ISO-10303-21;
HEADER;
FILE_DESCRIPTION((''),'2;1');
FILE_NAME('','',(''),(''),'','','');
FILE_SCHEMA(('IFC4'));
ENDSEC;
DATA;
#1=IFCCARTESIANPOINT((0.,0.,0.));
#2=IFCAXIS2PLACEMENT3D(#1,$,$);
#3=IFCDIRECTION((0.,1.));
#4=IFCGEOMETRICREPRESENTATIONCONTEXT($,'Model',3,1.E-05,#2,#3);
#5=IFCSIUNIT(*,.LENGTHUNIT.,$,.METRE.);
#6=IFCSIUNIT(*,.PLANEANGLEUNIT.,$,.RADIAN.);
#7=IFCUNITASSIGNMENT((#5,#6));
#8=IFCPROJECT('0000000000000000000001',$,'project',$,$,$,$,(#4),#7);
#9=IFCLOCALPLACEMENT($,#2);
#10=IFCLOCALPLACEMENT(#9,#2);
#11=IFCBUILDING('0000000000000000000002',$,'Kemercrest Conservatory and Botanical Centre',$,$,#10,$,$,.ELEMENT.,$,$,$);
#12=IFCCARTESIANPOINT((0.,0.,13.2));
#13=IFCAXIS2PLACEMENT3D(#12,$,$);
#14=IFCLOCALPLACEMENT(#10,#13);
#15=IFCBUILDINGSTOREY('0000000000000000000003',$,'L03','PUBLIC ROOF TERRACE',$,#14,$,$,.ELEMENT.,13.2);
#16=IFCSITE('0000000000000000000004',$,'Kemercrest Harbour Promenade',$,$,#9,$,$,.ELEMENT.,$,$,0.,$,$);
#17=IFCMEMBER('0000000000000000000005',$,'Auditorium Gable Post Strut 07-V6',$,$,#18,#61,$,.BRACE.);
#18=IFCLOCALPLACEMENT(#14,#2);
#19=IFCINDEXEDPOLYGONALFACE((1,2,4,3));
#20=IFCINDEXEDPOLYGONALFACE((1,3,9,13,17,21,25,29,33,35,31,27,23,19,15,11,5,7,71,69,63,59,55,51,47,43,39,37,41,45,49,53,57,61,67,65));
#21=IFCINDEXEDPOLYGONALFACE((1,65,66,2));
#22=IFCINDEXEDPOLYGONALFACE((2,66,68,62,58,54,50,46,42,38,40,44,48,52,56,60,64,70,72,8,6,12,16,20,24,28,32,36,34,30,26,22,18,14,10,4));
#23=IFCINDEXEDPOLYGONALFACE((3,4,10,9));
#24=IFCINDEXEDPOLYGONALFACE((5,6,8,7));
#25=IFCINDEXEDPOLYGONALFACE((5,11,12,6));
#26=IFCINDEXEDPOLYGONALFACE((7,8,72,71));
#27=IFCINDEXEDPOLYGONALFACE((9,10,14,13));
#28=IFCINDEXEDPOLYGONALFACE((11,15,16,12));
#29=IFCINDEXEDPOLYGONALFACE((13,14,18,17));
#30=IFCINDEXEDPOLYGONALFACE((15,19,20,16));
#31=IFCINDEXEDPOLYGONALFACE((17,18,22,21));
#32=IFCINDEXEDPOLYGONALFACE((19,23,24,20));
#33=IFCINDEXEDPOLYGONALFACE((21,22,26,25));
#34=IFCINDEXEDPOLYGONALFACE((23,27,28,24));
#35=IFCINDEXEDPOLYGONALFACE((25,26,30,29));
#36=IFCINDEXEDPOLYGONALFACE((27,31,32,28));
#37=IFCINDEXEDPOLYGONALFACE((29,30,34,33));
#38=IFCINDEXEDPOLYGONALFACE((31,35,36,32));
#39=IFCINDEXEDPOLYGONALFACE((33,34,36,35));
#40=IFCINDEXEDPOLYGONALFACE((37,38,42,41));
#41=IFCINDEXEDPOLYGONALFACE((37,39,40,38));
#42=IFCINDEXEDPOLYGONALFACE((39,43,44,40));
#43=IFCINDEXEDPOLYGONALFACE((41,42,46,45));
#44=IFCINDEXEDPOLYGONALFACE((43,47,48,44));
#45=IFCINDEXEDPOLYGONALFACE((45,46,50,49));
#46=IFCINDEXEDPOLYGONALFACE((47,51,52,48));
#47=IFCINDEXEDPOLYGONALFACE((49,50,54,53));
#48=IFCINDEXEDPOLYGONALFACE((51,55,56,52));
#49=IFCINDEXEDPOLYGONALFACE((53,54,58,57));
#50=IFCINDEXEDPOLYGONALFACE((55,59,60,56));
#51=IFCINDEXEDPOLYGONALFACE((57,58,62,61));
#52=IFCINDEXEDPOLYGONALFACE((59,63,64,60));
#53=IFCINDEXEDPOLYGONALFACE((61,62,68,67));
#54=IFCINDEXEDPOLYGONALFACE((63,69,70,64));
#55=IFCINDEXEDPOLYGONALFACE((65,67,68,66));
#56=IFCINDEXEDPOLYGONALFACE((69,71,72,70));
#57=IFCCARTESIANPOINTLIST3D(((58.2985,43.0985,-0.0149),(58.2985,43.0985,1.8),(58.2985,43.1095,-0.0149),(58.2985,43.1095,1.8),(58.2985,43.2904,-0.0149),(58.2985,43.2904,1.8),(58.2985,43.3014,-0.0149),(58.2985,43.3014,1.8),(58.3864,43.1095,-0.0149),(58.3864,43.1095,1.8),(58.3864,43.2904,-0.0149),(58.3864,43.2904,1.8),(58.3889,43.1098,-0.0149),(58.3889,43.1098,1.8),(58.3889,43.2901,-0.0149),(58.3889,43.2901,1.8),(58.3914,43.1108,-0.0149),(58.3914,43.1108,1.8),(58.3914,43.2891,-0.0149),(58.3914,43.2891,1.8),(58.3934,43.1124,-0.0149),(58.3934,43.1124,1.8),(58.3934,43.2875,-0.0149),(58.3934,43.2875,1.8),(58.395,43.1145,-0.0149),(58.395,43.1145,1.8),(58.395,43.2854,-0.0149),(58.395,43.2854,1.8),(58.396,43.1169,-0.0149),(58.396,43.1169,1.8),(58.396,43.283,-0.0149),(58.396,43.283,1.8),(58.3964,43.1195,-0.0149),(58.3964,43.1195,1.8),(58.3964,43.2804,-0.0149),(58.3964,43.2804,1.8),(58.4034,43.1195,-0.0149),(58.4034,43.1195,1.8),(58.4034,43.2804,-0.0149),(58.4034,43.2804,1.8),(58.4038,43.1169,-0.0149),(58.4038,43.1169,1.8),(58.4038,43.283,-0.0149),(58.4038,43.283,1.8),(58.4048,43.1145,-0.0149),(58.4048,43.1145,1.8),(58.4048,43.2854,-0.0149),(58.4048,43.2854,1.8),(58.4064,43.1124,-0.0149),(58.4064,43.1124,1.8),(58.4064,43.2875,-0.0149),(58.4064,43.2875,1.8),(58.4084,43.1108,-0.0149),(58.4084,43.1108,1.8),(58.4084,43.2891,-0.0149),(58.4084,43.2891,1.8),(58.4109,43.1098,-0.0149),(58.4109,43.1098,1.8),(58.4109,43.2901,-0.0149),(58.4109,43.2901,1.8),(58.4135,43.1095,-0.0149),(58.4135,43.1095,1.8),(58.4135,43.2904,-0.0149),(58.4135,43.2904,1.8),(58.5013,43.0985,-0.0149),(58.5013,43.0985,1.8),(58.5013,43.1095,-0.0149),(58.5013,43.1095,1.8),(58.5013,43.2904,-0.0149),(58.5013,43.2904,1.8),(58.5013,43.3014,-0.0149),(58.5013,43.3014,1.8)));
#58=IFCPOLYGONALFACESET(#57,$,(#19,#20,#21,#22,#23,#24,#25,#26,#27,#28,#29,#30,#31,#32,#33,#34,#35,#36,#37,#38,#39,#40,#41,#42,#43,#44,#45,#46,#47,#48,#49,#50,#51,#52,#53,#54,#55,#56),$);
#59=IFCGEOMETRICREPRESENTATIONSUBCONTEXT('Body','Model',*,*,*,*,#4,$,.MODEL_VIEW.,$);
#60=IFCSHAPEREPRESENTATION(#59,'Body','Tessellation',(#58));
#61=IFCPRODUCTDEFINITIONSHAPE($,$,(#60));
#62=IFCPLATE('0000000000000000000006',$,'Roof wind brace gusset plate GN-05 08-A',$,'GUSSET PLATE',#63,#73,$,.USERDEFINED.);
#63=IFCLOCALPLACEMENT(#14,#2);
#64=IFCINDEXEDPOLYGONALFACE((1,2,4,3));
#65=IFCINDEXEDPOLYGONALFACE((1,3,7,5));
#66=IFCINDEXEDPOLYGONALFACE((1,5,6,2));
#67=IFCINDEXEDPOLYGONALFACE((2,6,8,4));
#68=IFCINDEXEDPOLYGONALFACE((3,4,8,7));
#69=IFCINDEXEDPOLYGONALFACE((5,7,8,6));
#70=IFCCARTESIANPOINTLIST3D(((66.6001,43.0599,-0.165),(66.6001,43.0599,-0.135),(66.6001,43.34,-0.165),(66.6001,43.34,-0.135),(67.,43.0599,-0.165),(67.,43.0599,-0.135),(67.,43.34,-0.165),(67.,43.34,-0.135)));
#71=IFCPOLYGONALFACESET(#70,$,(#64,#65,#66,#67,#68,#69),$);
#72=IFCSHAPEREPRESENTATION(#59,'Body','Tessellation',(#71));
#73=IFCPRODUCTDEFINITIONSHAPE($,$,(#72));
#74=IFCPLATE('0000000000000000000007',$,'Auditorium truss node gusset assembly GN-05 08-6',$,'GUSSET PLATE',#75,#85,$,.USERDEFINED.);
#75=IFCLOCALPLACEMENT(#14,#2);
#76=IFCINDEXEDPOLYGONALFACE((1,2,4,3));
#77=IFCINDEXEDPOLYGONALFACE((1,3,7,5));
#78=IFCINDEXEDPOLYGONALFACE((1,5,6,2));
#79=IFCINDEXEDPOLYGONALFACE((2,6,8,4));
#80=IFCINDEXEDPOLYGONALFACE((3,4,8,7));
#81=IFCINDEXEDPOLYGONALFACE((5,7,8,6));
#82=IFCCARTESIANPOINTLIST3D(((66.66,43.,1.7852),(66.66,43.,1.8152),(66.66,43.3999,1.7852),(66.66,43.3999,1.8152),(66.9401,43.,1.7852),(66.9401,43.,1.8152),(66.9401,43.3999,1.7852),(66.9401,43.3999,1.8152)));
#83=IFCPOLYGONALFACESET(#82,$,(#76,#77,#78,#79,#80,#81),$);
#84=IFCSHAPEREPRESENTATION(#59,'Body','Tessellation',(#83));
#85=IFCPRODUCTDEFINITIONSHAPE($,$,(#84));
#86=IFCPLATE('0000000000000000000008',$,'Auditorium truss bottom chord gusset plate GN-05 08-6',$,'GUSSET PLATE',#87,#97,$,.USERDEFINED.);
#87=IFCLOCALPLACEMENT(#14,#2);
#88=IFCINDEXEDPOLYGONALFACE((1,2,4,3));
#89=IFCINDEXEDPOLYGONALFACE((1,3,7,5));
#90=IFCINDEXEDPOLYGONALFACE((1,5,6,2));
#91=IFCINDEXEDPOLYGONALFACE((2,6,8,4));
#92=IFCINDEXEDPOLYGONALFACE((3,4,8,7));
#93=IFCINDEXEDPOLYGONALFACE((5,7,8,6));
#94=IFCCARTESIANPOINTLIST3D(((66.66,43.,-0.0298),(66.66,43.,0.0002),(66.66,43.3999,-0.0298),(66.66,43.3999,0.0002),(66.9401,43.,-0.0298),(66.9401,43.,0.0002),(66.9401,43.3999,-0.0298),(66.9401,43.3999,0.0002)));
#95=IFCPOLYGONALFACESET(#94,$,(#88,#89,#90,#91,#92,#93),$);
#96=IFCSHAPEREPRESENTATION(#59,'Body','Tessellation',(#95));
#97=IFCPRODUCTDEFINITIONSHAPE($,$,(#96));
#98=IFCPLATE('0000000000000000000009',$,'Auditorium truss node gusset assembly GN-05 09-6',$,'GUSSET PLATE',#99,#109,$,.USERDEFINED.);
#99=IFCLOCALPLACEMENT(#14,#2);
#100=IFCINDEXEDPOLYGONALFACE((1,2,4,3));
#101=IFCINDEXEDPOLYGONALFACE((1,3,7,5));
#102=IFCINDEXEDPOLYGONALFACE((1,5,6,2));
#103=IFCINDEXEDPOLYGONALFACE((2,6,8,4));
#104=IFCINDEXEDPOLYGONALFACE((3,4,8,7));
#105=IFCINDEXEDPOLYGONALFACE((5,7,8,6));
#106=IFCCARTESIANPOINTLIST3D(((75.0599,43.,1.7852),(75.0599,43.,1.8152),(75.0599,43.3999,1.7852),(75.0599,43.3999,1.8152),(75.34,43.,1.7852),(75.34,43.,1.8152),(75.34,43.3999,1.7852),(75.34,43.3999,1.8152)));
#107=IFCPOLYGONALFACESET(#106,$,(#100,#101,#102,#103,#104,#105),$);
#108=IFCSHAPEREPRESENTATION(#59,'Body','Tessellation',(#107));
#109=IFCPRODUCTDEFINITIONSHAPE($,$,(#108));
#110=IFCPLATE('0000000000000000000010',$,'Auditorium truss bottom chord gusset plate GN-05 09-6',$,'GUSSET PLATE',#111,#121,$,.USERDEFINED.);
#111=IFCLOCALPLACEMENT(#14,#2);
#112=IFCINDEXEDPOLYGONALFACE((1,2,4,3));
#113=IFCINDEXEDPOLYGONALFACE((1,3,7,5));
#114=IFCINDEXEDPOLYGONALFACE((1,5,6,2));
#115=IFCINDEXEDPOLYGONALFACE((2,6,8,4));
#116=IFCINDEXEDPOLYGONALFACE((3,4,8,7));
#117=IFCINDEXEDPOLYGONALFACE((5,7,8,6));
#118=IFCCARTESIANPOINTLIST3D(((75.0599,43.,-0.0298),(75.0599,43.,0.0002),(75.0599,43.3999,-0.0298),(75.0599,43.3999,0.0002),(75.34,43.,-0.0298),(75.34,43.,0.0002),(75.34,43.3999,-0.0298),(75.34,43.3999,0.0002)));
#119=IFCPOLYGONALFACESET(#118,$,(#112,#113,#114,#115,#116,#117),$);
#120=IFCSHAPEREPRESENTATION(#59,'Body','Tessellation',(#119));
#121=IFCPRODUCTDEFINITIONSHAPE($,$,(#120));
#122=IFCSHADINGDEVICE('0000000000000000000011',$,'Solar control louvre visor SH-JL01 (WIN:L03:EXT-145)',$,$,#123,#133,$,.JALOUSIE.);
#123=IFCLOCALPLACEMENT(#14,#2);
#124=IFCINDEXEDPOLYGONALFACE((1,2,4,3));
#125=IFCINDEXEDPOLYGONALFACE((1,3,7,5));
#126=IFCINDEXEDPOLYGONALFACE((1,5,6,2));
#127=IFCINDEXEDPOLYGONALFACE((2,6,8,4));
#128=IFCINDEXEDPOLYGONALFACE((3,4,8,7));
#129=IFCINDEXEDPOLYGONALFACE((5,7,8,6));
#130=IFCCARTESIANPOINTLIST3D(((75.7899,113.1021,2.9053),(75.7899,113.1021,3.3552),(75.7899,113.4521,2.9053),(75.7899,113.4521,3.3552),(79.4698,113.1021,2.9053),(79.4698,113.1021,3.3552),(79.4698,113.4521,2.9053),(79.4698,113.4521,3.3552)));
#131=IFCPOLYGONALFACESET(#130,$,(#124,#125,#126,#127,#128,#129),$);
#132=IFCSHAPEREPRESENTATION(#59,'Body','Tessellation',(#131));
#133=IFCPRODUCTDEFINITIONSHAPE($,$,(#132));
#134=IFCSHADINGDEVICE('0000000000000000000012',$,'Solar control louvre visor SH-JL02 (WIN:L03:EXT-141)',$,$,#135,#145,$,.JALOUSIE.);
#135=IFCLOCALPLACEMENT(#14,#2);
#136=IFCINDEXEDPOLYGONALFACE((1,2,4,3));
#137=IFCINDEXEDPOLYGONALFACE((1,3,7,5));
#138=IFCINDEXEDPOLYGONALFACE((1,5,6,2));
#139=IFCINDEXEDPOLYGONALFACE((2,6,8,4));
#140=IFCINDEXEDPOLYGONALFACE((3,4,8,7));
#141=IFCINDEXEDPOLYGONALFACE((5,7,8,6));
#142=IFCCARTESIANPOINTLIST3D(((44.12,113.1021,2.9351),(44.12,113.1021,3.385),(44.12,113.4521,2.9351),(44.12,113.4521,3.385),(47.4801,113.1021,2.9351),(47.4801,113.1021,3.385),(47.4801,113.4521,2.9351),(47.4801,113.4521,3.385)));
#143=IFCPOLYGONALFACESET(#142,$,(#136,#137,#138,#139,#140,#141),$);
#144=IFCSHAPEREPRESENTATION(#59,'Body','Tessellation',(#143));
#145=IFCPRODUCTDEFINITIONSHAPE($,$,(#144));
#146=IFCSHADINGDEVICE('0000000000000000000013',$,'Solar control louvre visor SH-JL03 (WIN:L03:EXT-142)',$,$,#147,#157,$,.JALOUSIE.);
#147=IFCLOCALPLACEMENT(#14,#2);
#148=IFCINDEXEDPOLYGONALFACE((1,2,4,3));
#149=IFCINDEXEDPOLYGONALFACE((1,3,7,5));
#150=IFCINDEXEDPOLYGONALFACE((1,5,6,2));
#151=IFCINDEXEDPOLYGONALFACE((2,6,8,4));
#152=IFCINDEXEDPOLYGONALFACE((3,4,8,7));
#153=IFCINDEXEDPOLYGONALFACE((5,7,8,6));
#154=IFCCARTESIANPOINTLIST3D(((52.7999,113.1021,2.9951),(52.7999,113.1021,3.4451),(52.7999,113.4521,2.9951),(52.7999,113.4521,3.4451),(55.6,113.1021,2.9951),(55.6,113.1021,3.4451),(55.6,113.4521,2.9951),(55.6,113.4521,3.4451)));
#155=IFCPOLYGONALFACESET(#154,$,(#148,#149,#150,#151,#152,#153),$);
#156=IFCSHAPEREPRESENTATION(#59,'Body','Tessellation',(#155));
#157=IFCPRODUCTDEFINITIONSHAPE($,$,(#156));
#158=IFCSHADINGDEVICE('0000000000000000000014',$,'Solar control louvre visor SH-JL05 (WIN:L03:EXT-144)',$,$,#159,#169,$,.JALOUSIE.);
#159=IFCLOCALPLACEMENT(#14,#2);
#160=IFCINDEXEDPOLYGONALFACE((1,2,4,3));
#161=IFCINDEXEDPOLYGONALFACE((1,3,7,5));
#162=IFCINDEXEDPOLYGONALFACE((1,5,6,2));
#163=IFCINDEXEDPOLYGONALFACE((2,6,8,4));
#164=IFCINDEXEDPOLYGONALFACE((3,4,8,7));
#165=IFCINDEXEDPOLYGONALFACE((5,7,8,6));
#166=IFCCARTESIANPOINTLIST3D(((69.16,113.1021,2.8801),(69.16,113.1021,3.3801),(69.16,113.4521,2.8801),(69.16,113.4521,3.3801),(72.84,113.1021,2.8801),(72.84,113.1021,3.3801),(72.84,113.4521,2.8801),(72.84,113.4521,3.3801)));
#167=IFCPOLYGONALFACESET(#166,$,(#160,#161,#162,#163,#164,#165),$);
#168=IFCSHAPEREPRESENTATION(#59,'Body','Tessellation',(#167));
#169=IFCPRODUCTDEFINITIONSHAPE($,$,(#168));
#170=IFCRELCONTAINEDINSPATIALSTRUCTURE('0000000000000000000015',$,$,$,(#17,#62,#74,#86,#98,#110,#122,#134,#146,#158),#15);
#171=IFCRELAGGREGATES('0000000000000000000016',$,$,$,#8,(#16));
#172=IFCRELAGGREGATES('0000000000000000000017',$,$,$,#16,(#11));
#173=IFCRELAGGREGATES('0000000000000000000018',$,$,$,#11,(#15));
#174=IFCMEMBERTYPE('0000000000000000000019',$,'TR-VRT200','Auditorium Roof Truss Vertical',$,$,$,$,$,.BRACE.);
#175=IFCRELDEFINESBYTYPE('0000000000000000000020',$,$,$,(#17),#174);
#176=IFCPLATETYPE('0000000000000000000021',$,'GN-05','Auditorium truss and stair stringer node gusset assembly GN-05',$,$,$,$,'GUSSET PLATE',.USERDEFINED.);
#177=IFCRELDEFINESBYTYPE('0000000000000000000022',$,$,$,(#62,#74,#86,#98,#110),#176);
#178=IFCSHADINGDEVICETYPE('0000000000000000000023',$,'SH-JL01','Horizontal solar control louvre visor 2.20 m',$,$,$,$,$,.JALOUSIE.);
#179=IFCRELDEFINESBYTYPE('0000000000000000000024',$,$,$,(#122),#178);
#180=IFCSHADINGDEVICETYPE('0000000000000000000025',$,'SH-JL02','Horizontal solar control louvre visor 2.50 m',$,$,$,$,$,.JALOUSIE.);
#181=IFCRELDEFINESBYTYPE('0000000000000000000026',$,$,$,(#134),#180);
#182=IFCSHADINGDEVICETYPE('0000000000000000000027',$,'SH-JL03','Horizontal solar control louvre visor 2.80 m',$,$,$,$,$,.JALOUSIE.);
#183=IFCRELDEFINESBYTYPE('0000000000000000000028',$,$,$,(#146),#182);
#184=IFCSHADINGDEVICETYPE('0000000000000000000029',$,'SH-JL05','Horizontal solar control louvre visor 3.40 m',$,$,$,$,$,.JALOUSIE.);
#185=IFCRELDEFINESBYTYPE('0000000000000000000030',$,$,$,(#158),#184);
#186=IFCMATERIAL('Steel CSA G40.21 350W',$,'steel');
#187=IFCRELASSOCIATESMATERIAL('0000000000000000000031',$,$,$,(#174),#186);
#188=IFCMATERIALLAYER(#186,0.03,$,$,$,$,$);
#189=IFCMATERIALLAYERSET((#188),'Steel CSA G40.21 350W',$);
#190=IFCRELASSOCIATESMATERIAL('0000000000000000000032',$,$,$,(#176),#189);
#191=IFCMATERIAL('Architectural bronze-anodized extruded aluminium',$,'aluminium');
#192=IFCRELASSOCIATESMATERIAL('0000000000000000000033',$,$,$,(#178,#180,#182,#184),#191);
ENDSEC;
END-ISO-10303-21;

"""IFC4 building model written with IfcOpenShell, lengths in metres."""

from ifc_helpers import new_model, si_unit, direction, frame, origin, origin_2d, place, context, subcontext, project, spatial, rectangle, i_section, extrude, material, layer, layer_set, material_profile, profile_set, type_object, element, save


model = new_model("IFC4")

# Units and contexts
model_context = context("Model", 3, precision=1e-05, world=origin(), true_north=direction((0.0, 1.0)))
body_context = subcontext(model_context, "Body", "Model", "MODEL_VIEW")
ifc_project = project(units=[si_unit("LENGTHUNIT", "METRE"), si_unit("PLANEANGLEUNIT", "RADIAN")], contexts=[model_context])

# Site, building, storey
site_placement = place(None, origin())
site = spatial("IfcSite", under=ifc_project, at=site_placement, Name="Kemercrest Harbour Promenade", CompositionType="ELEMENT", RefElevation=0.0)
building_placement = place(site_placement, origin())
building = spatial("IfcBuilding", under=site, at=building_placement, Name="Kemercrest Conservatory and Botanical Centre", CompositionType="ELEMENT")
storey_placement = place(building_placement, frame((0.0, 0.0, 13.2)))
storey = spatial("IfcBuildingStorey", under=building, at=storey_placement, Name="L03", Description="PUBLIC ROOF TERRACE", CompositionType="ELEMENT", Elevation=13.2)

# Member
ifc_material_1 = material(Name="Steel CSA G40.21 350W", Category="steel")
ifc_material_profile_1 = material_profile(ifc_material_1, i_section(OverallWidth=0.2029, OverallDepth=0.2029, WebThickness=0.0071, FlangeThickness=0.011, FilletRadius=0.01, at=origin_2d()), Name="W200X46")
ifc_profile_set_1 = profile_set([ifc_material_profile_1], Name="Steel CSA G40.21 350W")
member_type_1 = type_object("IfcMemberType", Name="TR-VRT200", Description="Auditorium Roof Truss Vertical", PredefinedType="BRACE", material=ifc_profile_set_1)
for number, where, z_axis, x_axis, name in (
    (1, (58.3999, 43.2, -0.0149), (0.0, 0.0, 1.0), (1.0, 0.0, 0.0), "Auditorium Gable Post Strut 07-V6"),
):
    element("IfcMember", number, at=place(storey_placement, frame(where, z_axis=z_axis, x_axis=x_axis)), inside=storey, type_object=member_type_1, Name=name, PredefinedType="BRACE", context=body_context, shape_type="SweptSolid", body=[
        extrude(i_section(OverallWidth=0.2029, OverallDepth=0.2029, WebThickness=0.0071, FlangeThickness=0.011, FilletRadius=0.01, at=origin_2d()), origin(), (0.0, 0.0, 1.0), 1.8149),
    ])

# Plates
ifc_layer = layer(ifc_material_1, 0.03)
ifc_layer_set = layer_set([ifc_layer], Name="Steel CSA G40.21 350W")
plate_type = type_object("IfcPlateType", Name="GN-05", Description="Auditorium truss and stair stringer node gusset assembly GN-05", ElementType="GUSSET PLATE", PredefinedType="USERDEFINED", material=ifc_layer_set)
for number, where, z_axis, x_axis, name in (
    (2, (66.8, 43.2, -0.165), (0.0, 0.0, 1.0), (1.0, 0.0, 0.0), "Roof wind brace gusset plate GN-05 08-A"),
    (3, (66.8, 43.2, 1.7852), (0.0, 0.0, 1.0), (0.0, 1.0, 0.0), "Auditorium truss node gusset assembly GN-05 08-6"),
    (4, (66.8, 43.2, -0.0298), (0.0, 0.0, 1.0), (0.0, 1.0, 0.0), "Auditorium truss bottom chord gusset plate GN-05 08-6"),
    (5, (75.2, 43.2, 1.7852), (0.0, 0.0, 1.0), (0.0, 1.0, 0.0), "Auditorium truss node gusset assembly GN-05 09-6"),
    (6, (75.2, 43.2, -0.0298), (0.0, 0.0, 1.0), (0.0, 1.0, 0.0), "Auditorium truss bottom chord gusset plate GN-05 09-6"),
):
    element("IfcPlate", number, at=place(storey_placement, frame(where, z_axis=z_axis, x_axis=x_axis)), inside=storey, type_object=plate_type, Name=name, ObjectType="GUSSET PLATE", PredefinedType="USERDEFINED", context=body_context, shape_type="SweptSolid", body=[
        extrude(rectangle(XDim=0.3999, YDim=0.28, at=origin_2d()), origin(), (0.0, 0.0, 1.0), 0.03),
    ])

# Shading devices
ifc_material_2 = material(Name="Architectural bronze-anodized extruded aluminium", Category="aluminium")
shading_device_type_1 = type_object("IfcShadingDeviceType", Name="SH-JL01", Description="Horizontal solar control louvre visor 2.20 m", PredefinedType="JALOUSIE", material=ifc_material_2)
shading_device_1_placement = place(storey_placement, frame((77.6299, 113.2771, 2.9053), z_axis=(0.0, 0.0, 1.0), x_axis=(1.0, 0.0, 0.0)))
element("IfcShadingDevice", 7, at=shading_device_1_placement, inside=storey, type_object=shading_device_type_1, Name="Solar control louvre visor SH-JL01 (WIN:L03:EXT-145)", PredefinedType="JALOUSIE", context=body_context, shape_type="SweptSolid", body=[
    extrude(rectangle(XDim=3.6799, YDim=0.3501, at=origin_2d()), origin(), (0.0, 0.0, 1.0), 0.45),
])
shading_device_type_2 = type_object("IfcShadingDeviceType", Name="SH-JL02", Description="Horizontal solar control louvre visor 2.50 m", PredefinedType="JALOUSIE", material=ifc_material_2)
shading_device_2_placement = place(storey_placement, frame((45.8, 113.2771, 2.9351), z_axis=(0.0, 0.0, 1.0), x_axis=(1.0, 0.0, 0.0)))
element("IfcShadingDevice", 8, at=shading_device_2_placement, inside=storey, type_object=shading_device_type_2, Name="Solar control louvre visor SH-JL02 (WIN:L03:EXT-141)", PredefinedType="JALOUSIE", context=body_context, shape_type="SweptSolid", body=[
    extrude(rectangle(XDim=3.3601, YDim=0.3501, at=origin_2d()), origin(), (0.0, 0.0, 1.0), 0.45),
])
shading_device_type_3 = type_object("IfcShadingDeviceType", Name="SH-JL03", Description="Horizontal solar control louvre visor 2.80 m", PredefinedType="JALOUSIE", material=ifc_material_2)
shading_device_3_placement = place(storey_placement, frame((54.2, 113.2771, 2.9951), z_axis=(0.0, 0.0, 1.0), x_axis=(1.0, 0.0, 0.0)))
element("IfcShadingDevice", 9, at=shading_device_3_placement, inside=storey, type_object=shading_device_type_3, Name="Solar control louvre visor SH-JL03 (WIN:L03:EXT-142)", PredefinedType="JALOUSIE", context=body_context, shape_type="SweptSolid", body=[
    extrude(rectangle(XDim=2.8, YDim=0.3501, at=origin_2d()), origin(), (0.0, 0.0, 1.0), 0.45),
])
shading_device_type_4 = type_object("IfcShadingDeviceType", Name="SH-JL05", Description="Horizontal solar control louvre visor 3.40 m", PredefinedType="JALOUSIE", material=ifc_material_2)
shading_device_4_placement = place(storey_placement, frame((71.0, 113.2771, 2.8801), z_axis=(0.0, 0.0, 1.0), x_axis=(1.0, 0.0, 0.0)))
element("IfcShadingDevice", 10, at=shading_device_4_placement, inside=storey, type_object=shading_device_type_4, Name="Solar control louvre visor SH-JL05 (WIN:L03:EXT-144)", PredefinedType="JALOUSIE", context=body_context, shape_type="SweptSolid", body=[
    extrude(rectangle(XDim=3.6799, YDim=0.3501, at=origin_2d()), origin(), (0.0, 0.0, 1.0), 0.5),
])

save(model, "model.ifc")
